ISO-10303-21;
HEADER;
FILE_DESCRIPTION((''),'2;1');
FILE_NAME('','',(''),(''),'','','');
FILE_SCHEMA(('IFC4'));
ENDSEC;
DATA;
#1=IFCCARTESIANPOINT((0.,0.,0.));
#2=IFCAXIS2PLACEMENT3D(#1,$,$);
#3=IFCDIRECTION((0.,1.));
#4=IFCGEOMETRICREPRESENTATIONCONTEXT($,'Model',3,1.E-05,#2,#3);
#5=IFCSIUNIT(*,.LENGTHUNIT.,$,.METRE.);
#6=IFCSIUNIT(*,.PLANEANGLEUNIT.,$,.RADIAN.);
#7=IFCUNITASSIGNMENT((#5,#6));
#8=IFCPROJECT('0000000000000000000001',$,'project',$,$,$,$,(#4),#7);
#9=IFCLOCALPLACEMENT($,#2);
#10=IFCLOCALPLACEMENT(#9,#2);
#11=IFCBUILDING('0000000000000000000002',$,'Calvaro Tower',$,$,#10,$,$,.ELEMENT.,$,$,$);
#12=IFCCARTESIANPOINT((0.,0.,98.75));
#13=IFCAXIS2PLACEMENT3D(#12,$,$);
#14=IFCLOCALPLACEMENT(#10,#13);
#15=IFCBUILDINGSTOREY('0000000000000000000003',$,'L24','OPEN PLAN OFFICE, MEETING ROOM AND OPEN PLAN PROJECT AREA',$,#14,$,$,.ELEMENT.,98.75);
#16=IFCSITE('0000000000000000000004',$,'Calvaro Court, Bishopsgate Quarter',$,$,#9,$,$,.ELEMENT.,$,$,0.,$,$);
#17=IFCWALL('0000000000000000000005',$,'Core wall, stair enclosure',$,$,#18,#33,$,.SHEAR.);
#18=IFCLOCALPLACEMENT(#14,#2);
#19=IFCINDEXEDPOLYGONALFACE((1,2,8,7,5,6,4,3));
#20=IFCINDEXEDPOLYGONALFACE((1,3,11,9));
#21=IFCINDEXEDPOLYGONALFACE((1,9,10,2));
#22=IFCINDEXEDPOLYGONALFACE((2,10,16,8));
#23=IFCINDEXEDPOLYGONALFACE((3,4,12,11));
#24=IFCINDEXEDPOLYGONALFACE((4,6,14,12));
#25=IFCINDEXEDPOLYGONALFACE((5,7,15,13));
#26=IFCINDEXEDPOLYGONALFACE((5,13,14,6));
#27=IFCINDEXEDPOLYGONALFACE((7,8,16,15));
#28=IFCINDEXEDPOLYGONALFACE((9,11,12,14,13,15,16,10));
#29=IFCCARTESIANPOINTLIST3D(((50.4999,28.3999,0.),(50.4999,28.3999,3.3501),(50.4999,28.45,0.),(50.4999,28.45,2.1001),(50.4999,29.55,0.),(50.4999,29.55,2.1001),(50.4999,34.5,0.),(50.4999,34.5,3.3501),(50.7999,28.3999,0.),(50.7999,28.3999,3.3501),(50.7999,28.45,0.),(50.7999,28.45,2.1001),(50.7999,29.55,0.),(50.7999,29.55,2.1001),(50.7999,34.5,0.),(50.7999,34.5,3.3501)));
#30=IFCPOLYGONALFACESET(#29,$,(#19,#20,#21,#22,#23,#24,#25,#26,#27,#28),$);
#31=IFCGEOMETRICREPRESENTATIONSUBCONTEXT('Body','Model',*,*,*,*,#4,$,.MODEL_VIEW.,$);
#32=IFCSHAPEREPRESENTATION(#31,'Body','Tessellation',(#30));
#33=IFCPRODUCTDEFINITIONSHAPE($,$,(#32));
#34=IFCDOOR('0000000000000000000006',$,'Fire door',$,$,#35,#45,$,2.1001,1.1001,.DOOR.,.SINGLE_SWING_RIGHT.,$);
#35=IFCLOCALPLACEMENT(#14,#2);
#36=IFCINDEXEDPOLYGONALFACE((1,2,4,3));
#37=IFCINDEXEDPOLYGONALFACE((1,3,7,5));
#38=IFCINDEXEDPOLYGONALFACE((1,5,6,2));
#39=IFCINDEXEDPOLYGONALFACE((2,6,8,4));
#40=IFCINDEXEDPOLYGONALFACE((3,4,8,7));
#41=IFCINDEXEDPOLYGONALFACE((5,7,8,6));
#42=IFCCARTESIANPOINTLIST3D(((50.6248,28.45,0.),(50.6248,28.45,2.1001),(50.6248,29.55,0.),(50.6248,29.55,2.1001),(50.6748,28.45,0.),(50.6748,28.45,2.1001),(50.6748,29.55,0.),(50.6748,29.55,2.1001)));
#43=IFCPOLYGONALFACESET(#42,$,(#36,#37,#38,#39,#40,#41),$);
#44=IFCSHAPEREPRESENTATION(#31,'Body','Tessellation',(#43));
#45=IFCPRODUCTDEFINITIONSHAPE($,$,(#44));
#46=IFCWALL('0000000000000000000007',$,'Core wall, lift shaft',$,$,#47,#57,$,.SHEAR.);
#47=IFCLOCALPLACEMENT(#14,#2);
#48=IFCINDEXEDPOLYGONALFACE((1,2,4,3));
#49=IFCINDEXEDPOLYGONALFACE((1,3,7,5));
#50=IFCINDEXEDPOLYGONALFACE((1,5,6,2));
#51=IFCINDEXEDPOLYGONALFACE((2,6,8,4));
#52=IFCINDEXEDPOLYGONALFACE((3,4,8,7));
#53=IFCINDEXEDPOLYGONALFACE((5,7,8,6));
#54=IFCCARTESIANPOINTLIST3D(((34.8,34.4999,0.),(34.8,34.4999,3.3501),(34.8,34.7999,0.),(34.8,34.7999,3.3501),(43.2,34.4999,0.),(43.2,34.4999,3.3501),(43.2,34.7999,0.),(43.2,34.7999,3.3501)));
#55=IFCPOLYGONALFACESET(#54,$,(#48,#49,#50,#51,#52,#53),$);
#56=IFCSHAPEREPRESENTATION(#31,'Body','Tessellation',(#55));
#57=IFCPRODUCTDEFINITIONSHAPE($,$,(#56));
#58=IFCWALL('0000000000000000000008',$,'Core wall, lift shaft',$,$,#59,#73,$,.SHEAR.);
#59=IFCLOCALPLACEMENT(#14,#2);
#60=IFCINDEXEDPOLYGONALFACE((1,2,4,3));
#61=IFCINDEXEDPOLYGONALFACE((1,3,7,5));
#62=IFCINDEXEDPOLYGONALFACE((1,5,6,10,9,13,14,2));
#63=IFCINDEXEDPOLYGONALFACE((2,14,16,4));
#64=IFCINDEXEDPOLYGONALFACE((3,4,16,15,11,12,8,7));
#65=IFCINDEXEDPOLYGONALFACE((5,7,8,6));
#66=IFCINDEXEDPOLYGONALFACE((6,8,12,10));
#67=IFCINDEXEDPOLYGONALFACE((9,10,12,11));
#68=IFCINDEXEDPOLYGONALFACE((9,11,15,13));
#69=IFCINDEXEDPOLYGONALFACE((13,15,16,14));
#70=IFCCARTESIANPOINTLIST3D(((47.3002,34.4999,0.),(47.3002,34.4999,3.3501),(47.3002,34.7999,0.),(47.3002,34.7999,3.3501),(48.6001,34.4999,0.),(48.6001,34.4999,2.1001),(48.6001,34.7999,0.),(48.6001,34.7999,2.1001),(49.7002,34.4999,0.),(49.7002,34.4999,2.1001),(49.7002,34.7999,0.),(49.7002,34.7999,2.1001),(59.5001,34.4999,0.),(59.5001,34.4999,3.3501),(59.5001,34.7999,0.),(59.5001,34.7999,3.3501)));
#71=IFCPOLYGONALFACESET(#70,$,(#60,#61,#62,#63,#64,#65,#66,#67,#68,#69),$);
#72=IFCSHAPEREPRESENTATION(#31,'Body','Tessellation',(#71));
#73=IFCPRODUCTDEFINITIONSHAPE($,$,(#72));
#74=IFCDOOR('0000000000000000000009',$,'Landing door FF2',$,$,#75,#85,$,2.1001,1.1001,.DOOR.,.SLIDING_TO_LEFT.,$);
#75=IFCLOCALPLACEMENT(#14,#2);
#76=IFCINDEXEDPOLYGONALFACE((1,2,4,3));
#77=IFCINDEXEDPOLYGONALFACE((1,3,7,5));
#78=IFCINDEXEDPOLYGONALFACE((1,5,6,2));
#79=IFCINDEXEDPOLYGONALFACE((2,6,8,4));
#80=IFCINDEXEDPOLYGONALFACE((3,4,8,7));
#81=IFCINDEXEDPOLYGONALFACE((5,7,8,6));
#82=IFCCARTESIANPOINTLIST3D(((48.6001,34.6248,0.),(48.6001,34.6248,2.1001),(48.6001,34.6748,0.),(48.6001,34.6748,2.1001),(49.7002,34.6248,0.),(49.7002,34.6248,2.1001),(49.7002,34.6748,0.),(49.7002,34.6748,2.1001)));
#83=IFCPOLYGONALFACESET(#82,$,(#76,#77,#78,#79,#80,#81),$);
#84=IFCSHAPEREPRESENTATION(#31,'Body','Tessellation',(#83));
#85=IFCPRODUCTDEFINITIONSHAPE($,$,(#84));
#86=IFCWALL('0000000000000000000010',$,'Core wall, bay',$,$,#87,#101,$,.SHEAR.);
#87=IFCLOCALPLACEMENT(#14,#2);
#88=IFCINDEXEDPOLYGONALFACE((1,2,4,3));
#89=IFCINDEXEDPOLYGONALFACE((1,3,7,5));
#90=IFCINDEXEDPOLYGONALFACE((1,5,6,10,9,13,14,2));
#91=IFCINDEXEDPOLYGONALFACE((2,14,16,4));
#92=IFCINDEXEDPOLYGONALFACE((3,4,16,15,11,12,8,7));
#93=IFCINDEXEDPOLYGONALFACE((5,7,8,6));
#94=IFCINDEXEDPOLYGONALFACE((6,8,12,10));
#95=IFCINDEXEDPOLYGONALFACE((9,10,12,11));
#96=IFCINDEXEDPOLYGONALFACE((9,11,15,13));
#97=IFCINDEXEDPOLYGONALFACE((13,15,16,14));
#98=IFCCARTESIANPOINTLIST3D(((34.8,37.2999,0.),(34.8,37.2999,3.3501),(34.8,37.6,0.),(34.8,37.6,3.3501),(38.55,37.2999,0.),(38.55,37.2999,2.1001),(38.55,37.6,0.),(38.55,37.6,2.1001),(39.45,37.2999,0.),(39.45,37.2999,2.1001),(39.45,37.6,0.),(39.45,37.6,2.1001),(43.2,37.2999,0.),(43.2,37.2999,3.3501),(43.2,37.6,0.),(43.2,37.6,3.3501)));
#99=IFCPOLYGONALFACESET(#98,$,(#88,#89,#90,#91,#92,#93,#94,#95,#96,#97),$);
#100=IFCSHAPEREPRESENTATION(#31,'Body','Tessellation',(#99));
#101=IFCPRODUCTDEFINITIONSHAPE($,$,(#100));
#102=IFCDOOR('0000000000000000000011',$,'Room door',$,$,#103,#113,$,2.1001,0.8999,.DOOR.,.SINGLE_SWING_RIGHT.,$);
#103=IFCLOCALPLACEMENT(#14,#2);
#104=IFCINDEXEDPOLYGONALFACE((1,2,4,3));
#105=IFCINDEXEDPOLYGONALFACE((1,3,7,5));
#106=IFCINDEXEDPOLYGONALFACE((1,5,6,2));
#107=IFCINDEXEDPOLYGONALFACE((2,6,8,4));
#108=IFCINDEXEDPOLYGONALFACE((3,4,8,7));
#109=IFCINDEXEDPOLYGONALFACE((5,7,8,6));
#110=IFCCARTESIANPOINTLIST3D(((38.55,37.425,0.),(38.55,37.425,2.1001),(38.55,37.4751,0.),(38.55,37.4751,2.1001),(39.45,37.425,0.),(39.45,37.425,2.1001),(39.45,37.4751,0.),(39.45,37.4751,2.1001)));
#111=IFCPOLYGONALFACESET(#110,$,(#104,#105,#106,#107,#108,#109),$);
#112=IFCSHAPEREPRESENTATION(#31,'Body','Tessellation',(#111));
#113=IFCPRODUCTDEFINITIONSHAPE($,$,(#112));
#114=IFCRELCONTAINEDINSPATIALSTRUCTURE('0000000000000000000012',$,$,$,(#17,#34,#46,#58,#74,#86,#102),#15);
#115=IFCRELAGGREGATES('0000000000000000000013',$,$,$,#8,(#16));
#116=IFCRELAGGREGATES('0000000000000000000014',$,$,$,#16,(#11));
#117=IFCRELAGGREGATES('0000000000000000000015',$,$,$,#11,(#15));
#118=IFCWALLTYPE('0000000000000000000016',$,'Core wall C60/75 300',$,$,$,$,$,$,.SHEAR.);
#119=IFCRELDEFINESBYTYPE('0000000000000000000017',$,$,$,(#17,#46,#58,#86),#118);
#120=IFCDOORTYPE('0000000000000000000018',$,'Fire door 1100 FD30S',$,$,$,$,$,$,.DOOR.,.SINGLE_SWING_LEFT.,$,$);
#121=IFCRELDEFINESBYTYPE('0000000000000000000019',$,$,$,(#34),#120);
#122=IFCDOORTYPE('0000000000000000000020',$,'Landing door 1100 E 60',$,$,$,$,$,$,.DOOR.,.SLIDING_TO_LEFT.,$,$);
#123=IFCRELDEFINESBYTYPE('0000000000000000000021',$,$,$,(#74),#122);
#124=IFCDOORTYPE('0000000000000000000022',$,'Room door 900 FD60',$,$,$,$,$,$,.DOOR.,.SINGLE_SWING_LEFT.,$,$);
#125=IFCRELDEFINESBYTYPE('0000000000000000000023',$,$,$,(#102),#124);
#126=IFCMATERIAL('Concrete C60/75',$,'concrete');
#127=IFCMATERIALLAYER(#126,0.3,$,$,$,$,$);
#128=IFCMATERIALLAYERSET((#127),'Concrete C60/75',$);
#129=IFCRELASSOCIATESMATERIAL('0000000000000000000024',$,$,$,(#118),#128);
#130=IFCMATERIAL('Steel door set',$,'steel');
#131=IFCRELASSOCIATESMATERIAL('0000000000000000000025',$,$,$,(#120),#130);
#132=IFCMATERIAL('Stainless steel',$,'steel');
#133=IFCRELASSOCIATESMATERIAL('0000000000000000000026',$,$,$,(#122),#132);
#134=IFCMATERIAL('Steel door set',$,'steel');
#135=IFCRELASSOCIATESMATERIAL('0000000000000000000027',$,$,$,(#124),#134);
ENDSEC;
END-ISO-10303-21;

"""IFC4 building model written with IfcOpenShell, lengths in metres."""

from ifc_helpers import new_model, si_unit, direction, frame, frame_2d, origin, place, context, subcontext, project, spatial, rectangle, extrude, material, layer, layer_set, type_object, element, fill, save


model = new_model("IFC4")

# Units and contexts
model_context = context("Model", 3, precision=1e-05, world=origin(), true_north=direction((0.0, 1.0)))
body_context = subcontext(model_context, "Body", "Model", "MODEL_VIEW")
ifc_project = project(units=[si_unit("LENGTHUNIT", "METRE"), si_unit("PLANEANGLEUNIT", "RADIAN")], contexts=[model_context])

# Site, building, storey
site_placement = place(None, origin())
site = spatial("IfcSite", under=ifc_project, at=site_placement, Name="Calvaro Court, Bishopsgate Quarter", CompositionType="ELEMENT", RefElevation=0.0)
building_placement = place(site_placement, origin())
building = spatial("IfcBuilding", under=site, at=building_placement, Name="Calvaro Tower", CompositionType="ELEMENT")
storey_placement = place(building_placement, frame((0.0, 0.0, 98.75)))
storey = spatial("IfcBuildingStorey", under=building, at=storey_placement, Name="L24", Description="OPEN PLAN OFFICE, MEETING ROOM AND OPEN PLAN PROJECT AREA", CompositionType="ELEMENT", Elevation=98.75)

# Wall, opening, door
ifc_material_1 = material(Name="Concrete C60/75", Category="concrete")
ifc_layer_1 = layer(ifc_material_1, 0.3)
ifc_layer_set_1 = layer_set([ifc_layer_1], Name="Concrete C60/75")
wall_type_1 = type_object("IfcWallType", Name="Core wall C60/75 300", PredefinedType="SHEAR", material=ifc_layer_set_1)
wall_1_placement = place(storey_placement, frame((50.6499, 34.5, 0.0), z_axis=(0.0, 0.0, 1.0), x_axis=(0.0, -1.0, 0.0)))
wall_1 = element("IfcWall", 1, at=wall_1_placement, inside=storey, type_object=wall_type_1, Name="Core wall, stair enclosure", PredefinedType="SHEAR", context=body_context, shape_type="SweptSolid", body=[
    extrude(rectangle(XDim=6.1001, YDim=0.3, at=frame_2d((3.05, 0.0))), origin(), (0.0, 0.0, 1.0), 3.3501),
])
opening_1_placement = place(wall_1_placement, frame((4.95, 0.0, 0.0)))
opening_1 = element("IfcOpeningElement", 2, at=opening_1_placement, cuts=wall_1, PredefinedType="OPENING", context=body_context, shape_type="SweptSolid", body=[
    extrude(rectangle(XDim=1.1001, YDim=2.1001, at=frame_2d((0.55, 1.05))), frame((0.0, 0.1599, 0.0), z_axis=(0.0, -1.0, 0.0), x_axis=(1.0, 0.0, 0.0)), (0.0, 0.0, 1.0), 0.3201),
])
ifc_material_2 = material(Name="Steel door set", Category="steel")
door_type_1 = type_object("IfcDoorType", Name="Fire door 1100 FD30S", OperationType="SINGLE_SWING_LEFT", PredefinedType="DOOR", material=ifc_material_2)
door_1_placement = place(opening_1_placement, origin())
door_1 = element("IfcDoor", 3, at=door_1_placement, inside=storey, type_object=door_type_1, Name="Fire door", OperationType="SINGLE_SWING_RIGHT", OverallHeight=2.1001, OverallWidth=1.1001, PredefinedType="DOOR", context=body_context, shape_type="SweptSolid", body=[
    extrude(rectangle(XDim=1.1001, YDim=2.1001, at=frame_2d((0.55, 1.05))), frame((0.0, 0.0249, 0.0), z_axis=(0.0, -1.0, 0.0), x_axis=(1.0, 0.0, 0.0)), (0.0, 0.0, 1.0), 0.05),
])
fill(opening_1, door_1)

# Wall
wall_2_placement = place(storey_placement, frame((34.8, 34.6499, 0.0), z_axis=(0.0, 0.0, 1.0), x_axis=(1.0, 0.0, 0.0)))
element("IfcWall", 4, at=wall_2_placement, inside=storey, type_object=wall_type_1, Name="Core wall, lift shaft", PredefinedType="SHEAR", context=body_context, shape_type="SweptSolid", body=[
    extrude(rectangle(XDim=8.3999, YDim=0.3, at=frame_2d((4.2, 0.0))), origin(), (0.0, 0.0, 1.0), 3.3501),
])

# Walls, openings, doors
wall_3_placement = place(storey_placement, frame((47.3, 34.6499, 0.0), z_axis=(0.0, 0.0, 1.0), x_axis=(1.0, 0.0, 0.0)))
wall_3 = element("IfcWall", 5, at=wall_3_placement, inside=storey, type_object=wall_type_1, Name="Core wall, lift shaft", PredefinedType="SHEAR", context=body_context, shape_type="SweptSolid", body=[
    extrude(rectangle(XDim=12.2, YDim=0.3, at=frame_2d((6.1001, 0.0))), origin(), (0.0, 0.0, 1.0), 3.3501),
])
opening_2_placement = place(wall_3_placement, frame((1.3, 0.0, 0.0)))
opening_2 = element("IfcOpeningElement", 6, at=opening_2_placement, cuts=wall_3, PredefinedType="OPENING", context=body_context, shape_type="SweptSolid", body=[
    extrude(rectangle(XDim=1.1001, YDim=2.1001, at=frame_2d((0.55, 1.05))), frame((0.0, 0.1599, 0.0), z_axis=(0.0, -1.0, 0.0), x_axis=(1.0, 0.0, 0.0)), (0.0, 0.0, 1.0), 0.3201),
])
ifc_material_3 = material(Name="Stainless steel", Category="steel")
door_type_2 = type_object("IfcDoorType", Name="Landing door 1100 E 60", OperationType="SLIDING_TO_LEFT", PredefinedType="DOOR", material=ifc_material_3)
door_2_placement = place(opening_2_placement, origin())
door_2 = element("IfcDoor", 7, at=door_2_placement, inside=storey, type_object=door_type_2, Name="Landing door FF2", OperationType="SLIDING_TO_LEFT", OverallHeight=2.1001, OverallWidth=1.1001, PredefinedType="DOOR", context=body_context, shape_type="SweptSolid", body=[
    extrude(rectangle(XDim=1.1001, YDim=2.1001, at=frame_2d((0.55, 1.05))), frame((0.0, 0.0249, 0.0), z_axis=(0.0, -1.0, 0.0), x_axis=(1.0, 0.0, 0.0)), (0.0, 0.0, 1.0), 0.05),
])
fill(opening_2, door_2)
wall_4_placement = place(storey_placement, frame((43.2, 37.45, 0.0), z_axis=(0.0, 0.0, 1.0), x_axis=(-1.0, 0.0, 0.0)))
wall_4 = element("IfcWall", 8, at=wall_4_placement, inside=storey, type_object=wall_type_1, Name="Core wall, bay", PredefinedType="SHEAR", context=body_context, shape_type="SweptSolid", body=[
    extrude(rectangle(XDim=8.3999, YDim=0.3, at=frame_2d((4.2, 0.0))), origin(), (0.0, 0.0, 1.0), 3.3501),
])
opening_3_placement = place(wall_4_placement, frame((3.75, 0.0, 0.0)))
opening_3 = element("IfcOpeningElement", 9, at=opening_3_placement, cuts=wall_4, PredefinedType="OPENING", context=body_context, shape_type="SweptSolid", body=[
    extrude(rectangle(XDim=0.8999, YDim=2.1001, at=frame_2d((0.45, 1.05))), frame((0.0, 0.1599, 0.0), z_axis=(0.0, -1.0, 0.0), x_axis=(1.0, 0.0, 0.0)), (0.0, 0.0, 1.0), 0.3201),
])
ifc_material_4 = material(Name="Steel door set", Category="steel")
door_type_3 = type_object("IfcDoorType", Name="Room door 900 FD60", OperationType="SINGLE_SWING_LEFT", PredefinedType="DOOR", material=ifc_material_4)
door_3_placement = place(opening_3_placement, origin())
door_3 = element("IfcDoor", 10, at=door_3_placement, inside=storey, type_object=door_type_3, Name="Room door", OperationType="SINGLE_SWING_RIGHT", OverallHeight=2.1001, OverallWidth=0.8999, PredefinedType="DOOR", context=body_context, shape_type="SweptSolid", body=[
    extrude(rectangle(XDim=0.8999, YDim=2.1001, at=frame_2d((0.45, 1.05))), frame((0.0, 0.0249, 0.0), z_axis=(0.0, -1.0, 0.0), x_axis=(1.0, 0.0, 0.0)), (0.0, 0.0, 1.0), 0.05),
])
fill(opening_3, door_3)

save(model, "model.ifc")
